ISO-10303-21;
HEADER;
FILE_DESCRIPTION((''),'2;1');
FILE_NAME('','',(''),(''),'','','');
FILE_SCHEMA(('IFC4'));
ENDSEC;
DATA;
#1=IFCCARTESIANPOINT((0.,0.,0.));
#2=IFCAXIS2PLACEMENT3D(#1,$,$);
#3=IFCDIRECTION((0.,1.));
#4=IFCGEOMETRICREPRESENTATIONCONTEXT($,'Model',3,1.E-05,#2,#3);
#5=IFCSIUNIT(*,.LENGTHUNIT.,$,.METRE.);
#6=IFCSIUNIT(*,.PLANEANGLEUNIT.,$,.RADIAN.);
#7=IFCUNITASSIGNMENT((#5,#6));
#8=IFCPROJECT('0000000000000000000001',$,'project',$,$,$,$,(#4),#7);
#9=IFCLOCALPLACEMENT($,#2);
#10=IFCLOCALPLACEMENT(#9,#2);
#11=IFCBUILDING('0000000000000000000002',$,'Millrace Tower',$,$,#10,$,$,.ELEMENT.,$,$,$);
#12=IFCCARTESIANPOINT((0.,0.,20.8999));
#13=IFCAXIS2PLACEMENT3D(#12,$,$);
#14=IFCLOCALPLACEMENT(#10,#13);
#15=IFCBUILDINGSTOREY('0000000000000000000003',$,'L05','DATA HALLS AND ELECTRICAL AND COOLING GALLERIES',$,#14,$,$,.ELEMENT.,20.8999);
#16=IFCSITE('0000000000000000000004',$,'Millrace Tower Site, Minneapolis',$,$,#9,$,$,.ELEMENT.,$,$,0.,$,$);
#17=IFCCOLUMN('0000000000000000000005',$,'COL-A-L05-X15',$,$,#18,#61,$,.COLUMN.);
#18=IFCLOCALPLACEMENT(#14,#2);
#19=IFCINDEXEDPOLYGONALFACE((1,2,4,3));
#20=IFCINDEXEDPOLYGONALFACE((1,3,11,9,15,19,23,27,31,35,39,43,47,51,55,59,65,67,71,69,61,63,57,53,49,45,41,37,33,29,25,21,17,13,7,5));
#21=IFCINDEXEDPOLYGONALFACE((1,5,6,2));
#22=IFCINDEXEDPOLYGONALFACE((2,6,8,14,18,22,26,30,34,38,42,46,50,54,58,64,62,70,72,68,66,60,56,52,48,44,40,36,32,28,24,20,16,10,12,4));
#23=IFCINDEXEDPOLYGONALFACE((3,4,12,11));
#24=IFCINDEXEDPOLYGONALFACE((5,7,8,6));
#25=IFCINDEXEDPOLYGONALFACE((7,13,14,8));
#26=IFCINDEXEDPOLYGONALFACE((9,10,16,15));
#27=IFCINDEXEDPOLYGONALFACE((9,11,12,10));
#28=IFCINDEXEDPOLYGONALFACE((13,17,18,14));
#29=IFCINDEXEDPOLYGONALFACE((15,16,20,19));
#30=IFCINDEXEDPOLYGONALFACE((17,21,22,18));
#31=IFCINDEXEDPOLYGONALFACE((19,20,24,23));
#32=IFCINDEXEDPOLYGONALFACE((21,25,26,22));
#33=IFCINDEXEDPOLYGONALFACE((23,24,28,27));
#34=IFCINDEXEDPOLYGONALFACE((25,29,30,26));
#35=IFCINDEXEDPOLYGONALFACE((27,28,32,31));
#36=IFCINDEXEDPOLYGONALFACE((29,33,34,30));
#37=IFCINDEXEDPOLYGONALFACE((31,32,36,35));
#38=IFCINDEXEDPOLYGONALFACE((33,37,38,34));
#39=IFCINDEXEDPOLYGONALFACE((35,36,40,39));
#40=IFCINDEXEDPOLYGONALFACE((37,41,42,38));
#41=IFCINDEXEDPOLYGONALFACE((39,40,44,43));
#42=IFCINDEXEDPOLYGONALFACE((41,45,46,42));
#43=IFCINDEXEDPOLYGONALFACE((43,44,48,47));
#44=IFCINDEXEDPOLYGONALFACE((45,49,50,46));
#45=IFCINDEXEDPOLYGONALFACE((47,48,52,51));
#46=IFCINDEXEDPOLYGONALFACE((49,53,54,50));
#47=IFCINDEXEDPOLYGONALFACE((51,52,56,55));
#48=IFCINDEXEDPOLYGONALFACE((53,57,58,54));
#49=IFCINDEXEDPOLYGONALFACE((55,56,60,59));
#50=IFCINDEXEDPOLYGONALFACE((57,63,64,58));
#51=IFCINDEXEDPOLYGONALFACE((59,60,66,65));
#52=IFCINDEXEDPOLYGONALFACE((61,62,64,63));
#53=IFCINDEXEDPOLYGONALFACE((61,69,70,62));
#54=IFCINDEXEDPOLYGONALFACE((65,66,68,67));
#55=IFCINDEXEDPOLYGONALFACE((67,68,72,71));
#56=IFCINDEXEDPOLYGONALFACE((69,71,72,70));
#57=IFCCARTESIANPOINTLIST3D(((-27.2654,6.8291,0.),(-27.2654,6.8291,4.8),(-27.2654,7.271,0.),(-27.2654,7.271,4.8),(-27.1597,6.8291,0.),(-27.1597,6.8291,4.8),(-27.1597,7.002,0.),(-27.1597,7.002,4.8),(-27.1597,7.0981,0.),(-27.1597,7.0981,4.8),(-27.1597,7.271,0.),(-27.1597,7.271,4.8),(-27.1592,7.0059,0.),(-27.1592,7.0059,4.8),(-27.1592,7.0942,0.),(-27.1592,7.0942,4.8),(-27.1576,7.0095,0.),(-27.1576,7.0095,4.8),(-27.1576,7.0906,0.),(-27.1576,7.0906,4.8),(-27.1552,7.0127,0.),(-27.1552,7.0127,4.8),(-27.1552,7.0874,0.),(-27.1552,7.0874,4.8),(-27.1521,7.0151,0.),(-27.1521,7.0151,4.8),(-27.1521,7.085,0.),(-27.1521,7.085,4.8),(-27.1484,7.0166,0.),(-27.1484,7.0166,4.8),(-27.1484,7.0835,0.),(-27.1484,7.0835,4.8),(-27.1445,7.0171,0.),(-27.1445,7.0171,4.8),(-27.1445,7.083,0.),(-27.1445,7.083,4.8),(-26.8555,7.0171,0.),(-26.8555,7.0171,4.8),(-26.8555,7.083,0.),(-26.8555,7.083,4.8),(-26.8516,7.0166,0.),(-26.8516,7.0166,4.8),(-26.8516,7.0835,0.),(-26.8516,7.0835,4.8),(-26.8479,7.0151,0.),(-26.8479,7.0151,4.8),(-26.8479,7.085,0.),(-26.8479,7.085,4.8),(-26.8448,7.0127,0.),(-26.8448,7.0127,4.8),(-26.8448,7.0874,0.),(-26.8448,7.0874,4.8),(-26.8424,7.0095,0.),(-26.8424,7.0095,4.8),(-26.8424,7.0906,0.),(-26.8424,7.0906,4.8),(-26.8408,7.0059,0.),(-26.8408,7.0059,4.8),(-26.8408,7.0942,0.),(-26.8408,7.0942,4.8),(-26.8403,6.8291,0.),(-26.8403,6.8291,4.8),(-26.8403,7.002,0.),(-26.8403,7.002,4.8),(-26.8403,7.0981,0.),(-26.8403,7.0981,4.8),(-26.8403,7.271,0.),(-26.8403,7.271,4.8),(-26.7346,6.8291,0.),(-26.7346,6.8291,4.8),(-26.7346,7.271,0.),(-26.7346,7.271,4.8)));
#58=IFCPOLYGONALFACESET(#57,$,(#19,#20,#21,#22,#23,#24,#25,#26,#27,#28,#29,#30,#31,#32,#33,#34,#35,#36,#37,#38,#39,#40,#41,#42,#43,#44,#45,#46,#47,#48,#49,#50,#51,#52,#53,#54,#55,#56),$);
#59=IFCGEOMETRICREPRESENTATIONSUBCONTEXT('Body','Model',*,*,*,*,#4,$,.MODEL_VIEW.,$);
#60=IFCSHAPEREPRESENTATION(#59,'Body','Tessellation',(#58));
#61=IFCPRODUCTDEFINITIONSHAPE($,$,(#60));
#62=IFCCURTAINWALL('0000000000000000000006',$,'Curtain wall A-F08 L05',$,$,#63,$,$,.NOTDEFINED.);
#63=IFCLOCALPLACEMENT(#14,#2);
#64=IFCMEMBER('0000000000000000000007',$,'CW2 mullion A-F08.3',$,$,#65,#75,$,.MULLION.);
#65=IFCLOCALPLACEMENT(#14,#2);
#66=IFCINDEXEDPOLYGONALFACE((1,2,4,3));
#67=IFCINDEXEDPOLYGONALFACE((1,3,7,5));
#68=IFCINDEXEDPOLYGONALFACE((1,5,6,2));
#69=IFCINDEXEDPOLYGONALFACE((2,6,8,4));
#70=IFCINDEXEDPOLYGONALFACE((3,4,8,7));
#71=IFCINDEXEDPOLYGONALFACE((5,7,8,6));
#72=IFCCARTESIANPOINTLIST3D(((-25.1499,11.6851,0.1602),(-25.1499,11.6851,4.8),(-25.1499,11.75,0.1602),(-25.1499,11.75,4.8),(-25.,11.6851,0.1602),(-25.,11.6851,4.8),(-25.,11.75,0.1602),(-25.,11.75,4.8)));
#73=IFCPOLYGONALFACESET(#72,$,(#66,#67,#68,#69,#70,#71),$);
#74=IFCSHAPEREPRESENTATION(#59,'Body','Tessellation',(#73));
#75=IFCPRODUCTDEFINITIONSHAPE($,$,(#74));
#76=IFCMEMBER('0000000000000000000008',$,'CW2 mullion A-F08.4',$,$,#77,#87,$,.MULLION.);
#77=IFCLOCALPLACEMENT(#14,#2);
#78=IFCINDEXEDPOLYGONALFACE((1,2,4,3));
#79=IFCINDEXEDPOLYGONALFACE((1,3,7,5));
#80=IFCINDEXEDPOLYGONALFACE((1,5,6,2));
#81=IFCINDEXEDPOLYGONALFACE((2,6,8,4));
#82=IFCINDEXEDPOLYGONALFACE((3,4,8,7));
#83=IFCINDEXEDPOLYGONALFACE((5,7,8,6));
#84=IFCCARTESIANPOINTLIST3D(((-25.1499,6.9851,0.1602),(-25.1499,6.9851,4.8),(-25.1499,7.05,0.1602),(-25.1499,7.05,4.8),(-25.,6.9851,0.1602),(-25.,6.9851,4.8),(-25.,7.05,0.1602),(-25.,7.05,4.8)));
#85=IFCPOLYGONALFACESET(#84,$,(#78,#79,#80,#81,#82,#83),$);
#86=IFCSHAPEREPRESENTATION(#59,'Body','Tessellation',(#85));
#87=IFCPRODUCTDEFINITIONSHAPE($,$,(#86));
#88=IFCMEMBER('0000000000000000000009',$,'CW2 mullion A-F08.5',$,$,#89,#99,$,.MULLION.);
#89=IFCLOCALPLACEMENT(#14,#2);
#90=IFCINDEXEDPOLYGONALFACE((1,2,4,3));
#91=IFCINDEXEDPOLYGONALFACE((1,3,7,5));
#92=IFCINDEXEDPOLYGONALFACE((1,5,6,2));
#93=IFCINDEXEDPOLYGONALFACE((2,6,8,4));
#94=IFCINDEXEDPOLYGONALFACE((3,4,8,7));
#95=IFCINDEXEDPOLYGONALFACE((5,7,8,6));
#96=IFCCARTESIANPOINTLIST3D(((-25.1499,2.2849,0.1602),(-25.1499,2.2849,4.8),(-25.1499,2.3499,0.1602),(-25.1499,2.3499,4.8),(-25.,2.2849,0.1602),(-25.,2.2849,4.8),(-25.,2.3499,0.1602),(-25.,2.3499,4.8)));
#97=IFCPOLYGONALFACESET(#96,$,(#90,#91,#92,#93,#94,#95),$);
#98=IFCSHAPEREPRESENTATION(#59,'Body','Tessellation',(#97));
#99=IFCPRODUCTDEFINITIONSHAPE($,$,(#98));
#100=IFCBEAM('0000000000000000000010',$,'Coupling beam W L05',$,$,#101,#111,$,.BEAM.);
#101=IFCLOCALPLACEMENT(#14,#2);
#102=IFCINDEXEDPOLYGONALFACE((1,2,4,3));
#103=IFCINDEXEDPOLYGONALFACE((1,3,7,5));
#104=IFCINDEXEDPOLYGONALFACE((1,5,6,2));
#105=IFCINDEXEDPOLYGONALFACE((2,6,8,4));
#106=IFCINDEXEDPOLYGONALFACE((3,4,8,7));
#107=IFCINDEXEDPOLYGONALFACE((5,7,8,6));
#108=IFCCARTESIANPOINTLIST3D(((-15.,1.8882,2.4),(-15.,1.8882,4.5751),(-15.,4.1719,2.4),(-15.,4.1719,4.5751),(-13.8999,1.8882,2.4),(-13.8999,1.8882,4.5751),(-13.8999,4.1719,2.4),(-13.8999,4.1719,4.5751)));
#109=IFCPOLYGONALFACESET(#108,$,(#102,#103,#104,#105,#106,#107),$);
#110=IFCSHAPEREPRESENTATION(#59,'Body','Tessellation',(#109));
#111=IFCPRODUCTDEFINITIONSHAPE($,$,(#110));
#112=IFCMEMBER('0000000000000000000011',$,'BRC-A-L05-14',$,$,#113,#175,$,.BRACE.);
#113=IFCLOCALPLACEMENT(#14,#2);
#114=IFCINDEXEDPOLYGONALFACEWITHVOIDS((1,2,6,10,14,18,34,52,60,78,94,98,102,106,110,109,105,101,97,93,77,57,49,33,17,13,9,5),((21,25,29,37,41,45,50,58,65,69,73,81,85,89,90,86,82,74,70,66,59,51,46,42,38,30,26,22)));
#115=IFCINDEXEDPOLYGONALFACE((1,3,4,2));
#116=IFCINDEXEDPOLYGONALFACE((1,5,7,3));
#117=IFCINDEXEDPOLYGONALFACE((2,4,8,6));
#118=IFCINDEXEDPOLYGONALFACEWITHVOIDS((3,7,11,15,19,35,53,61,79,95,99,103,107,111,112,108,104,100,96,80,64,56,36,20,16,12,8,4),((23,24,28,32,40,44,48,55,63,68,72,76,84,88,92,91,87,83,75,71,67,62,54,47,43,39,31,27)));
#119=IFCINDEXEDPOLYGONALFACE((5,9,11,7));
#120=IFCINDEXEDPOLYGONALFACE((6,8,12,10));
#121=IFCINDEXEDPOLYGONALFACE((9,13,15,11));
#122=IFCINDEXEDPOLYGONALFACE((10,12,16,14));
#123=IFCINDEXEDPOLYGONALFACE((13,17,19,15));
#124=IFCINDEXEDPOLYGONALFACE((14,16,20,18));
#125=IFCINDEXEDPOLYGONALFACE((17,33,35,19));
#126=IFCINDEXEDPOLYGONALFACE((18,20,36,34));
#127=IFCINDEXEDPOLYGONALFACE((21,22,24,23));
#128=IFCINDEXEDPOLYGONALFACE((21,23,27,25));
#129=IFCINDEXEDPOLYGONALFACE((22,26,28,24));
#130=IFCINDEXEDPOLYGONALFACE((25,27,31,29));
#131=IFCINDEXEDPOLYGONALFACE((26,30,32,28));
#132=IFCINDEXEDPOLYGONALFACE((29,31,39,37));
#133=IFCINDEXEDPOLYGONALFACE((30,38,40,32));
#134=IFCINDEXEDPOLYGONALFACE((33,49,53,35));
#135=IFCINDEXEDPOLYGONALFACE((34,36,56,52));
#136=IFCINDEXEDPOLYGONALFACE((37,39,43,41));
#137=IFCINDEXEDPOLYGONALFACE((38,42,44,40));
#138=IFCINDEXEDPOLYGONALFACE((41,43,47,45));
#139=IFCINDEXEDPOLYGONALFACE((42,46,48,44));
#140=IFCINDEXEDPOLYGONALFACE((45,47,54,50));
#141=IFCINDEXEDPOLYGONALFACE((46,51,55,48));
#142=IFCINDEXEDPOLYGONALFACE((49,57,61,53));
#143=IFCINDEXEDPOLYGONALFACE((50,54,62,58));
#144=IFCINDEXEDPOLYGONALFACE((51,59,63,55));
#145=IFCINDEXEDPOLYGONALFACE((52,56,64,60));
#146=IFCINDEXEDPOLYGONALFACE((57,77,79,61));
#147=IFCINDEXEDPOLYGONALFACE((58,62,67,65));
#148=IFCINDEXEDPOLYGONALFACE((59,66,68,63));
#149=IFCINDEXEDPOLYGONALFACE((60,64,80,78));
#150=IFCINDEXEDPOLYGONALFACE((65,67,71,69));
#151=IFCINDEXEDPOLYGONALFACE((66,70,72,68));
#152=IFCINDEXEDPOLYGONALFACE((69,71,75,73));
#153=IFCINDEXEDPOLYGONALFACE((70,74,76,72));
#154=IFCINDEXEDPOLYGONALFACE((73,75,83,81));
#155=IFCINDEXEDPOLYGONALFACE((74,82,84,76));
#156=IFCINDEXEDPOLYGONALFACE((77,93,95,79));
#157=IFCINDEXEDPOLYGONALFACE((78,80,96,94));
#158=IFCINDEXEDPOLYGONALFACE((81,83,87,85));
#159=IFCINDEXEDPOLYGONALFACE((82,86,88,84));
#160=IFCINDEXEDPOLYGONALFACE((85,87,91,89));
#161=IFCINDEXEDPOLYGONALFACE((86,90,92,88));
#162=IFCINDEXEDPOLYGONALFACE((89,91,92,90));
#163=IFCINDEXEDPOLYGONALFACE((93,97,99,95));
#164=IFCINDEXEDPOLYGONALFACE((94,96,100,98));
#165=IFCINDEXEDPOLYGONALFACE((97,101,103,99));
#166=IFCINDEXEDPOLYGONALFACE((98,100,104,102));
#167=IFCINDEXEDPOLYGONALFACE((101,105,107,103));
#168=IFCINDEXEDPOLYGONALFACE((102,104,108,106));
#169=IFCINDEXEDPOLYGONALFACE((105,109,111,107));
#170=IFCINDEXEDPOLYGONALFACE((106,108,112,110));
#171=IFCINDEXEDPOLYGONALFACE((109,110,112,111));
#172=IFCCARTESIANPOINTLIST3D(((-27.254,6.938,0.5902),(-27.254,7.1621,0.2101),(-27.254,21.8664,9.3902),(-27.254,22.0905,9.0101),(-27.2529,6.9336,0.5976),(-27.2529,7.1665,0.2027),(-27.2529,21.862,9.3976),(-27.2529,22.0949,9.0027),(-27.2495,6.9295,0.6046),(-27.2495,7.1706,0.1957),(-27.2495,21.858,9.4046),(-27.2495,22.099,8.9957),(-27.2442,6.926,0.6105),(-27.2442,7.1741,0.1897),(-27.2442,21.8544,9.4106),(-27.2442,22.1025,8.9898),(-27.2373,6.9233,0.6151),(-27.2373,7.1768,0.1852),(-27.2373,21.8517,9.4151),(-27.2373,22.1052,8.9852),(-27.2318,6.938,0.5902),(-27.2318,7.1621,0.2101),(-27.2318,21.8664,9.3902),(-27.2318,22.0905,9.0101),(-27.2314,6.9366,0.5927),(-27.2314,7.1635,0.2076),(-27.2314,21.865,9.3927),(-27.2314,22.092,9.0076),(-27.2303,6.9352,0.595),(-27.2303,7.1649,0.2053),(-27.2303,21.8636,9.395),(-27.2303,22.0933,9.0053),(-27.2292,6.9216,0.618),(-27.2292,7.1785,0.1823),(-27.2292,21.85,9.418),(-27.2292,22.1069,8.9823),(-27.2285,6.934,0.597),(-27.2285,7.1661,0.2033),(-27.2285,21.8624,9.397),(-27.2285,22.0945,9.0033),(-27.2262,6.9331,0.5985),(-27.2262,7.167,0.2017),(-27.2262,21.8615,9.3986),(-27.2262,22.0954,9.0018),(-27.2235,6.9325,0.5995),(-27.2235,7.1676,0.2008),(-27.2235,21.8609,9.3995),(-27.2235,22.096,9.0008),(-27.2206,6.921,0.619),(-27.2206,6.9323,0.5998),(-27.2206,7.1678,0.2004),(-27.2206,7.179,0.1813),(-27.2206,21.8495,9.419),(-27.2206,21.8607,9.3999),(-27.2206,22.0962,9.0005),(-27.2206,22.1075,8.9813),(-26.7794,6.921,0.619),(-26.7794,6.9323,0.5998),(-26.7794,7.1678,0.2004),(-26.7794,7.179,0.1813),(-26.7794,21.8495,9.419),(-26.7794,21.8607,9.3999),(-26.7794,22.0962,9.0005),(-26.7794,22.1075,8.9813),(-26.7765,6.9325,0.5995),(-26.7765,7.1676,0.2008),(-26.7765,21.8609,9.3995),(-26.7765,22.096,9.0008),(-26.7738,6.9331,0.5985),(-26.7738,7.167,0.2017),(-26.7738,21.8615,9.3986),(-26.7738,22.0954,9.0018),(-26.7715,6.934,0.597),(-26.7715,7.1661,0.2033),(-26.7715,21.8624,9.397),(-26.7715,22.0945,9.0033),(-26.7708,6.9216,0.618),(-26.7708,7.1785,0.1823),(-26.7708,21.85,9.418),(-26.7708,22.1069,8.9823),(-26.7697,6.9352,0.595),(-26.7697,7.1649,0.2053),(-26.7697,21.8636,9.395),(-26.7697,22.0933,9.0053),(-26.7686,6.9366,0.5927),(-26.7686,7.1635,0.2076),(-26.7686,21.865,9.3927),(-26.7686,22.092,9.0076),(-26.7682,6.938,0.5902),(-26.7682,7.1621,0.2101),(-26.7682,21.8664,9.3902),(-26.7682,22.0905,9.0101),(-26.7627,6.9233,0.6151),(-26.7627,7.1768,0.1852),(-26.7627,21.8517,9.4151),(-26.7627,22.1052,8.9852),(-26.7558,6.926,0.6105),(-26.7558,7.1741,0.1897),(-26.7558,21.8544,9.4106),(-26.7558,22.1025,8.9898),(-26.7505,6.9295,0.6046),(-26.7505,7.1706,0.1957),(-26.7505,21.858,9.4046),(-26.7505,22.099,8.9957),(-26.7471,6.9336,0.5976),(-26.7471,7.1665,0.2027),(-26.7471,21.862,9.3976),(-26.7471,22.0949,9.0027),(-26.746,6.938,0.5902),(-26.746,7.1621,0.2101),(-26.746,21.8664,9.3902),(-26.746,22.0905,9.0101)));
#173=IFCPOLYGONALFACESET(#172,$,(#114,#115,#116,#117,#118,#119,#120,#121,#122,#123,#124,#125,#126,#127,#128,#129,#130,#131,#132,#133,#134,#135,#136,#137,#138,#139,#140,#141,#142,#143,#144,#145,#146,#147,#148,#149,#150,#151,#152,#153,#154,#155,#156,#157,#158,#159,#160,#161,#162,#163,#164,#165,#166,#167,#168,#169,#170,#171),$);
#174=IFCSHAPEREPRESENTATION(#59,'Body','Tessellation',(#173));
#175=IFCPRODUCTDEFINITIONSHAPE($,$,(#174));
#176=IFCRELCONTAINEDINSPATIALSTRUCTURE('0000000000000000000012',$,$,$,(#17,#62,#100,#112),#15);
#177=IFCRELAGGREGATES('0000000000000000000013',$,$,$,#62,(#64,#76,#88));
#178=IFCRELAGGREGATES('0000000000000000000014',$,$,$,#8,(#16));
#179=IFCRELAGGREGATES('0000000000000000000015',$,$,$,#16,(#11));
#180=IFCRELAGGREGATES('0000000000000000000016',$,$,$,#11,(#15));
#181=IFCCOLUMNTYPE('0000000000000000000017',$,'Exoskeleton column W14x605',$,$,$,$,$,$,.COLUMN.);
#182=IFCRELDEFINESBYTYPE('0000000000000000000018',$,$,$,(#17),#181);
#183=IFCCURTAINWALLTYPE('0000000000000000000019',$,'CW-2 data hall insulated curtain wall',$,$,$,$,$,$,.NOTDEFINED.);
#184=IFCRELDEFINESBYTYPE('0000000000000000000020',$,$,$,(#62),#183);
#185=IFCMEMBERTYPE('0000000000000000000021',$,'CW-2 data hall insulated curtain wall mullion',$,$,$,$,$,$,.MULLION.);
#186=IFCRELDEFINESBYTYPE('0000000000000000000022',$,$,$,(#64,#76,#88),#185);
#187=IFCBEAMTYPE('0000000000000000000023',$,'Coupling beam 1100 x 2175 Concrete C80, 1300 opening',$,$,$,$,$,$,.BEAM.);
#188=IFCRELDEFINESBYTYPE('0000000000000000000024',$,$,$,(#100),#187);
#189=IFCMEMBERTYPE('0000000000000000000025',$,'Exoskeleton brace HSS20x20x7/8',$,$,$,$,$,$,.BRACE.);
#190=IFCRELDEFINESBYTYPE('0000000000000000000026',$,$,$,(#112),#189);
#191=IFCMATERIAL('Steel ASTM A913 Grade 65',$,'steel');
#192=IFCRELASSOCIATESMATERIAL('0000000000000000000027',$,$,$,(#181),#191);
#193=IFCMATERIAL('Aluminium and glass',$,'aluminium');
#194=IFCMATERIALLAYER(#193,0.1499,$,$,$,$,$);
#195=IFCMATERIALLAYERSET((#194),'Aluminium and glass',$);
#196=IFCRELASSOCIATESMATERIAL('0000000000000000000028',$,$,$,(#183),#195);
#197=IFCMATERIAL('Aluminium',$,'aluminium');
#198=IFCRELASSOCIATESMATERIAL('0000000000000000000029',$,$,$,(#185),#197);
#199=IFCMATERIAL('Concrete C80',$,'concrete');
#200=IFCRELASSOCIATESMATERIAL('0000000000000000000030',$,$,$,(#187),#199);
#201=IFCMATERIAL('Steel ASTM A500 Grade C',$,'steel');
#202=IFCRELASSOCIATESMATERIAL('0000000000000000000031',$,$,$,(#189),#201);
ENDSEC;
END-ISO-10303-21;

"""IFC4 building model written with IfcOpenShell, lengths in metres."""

from ifc_helpers import new_model, si_unit, direction, frame, origin, origin_2d, place, context, subcontext, project, spatial, rectangle, hollow_rectangle, i_section, extrude, material, layer, layer_set, material_profile, profile_set, type_object, element, aggregate, save


model = new_model("IFC4")

# Units and contexts
model_context = context("Model", 3, precision=1e-05, world=origin(), true_north=direction((0.0, 1.0)))
body_context = subcontext(model_context, "Body", "Model", "MODEL_VIEW")
ifc_project = project(units=[si_unit("LENGTHUNIT", "METRE"), si_unit("PLANEANGLEUNIT", "RADIAN")], contexts=[model_context])

# Site, building, storey
site_placement = place(None, origin())
site = spatial("IfcSite", under=ifc_project, at=site_placement, Name="Millrace Tower Site, Minneapolis", CompositionType="ELEMENT", RefElevation=0.0)
building_placement = place(site_placement, origin())
building = spatial("IfcBuilding", under=site, at=building_placement, Name="Millrace Tower", CompositionType="ELEMENT")
storey_placement = place(building_placement, frame((0.0, 0.0, 20.8999)))
storey = spatial("IfcBuildingStorey", under=building, at=storey_placement, Name="L05", Description="DATA HALLS AND ELECTRICAL AND COOLING GALLERIES", CompositionType="ELEMENT", Elevation=20.8999)

# Column
ifc_material_1 = material(Name="Steel ASTM A913 Grade 65", Category="steel")
ifc_material_profile_1 = material_profile(ifc_material_1, i_section(OverallWidth=0.4419, OverallDepth=0.5308, WebThickness=0.0659, FlangeThickness=0.1057, FilletRadius=0.0151, at=origin_2d()))
ifc_profile_set_1 = profile_set([ifc_material_profile_1], Name="Steel ASTM A913 Grade 65")
column_type = type_object("IfcColumnType", Name="Exoskeleton column W14x605", PredefinedType="COLUMN", material=ifc_profile_set_1)
column_placement = place(storey_placement, frame((-27.0, 7.05, 0.0), z_axis=(0.0, 0.0, 1.0), x_axis=(0.0, -1.0, 0.0)))
element("IfcColumn", 1, at=column_placement, inside=storey, type_object=column_type, Name="COL-A-L05-X15", PredefinedType="COLUMN", context=body_context, shape_type="SweptSolid", body=[
    extrude(i_section(OverallWidth=0.4419, OverallDepth=0.5308, WebThickness=0.0659, FlangeThickness=0.1057, FilletRadius=0.0151, at=origin_2d()), origin(), (0.0, 0.0, 1.0), 4.8),
])

# Curtain wall, members
ifc_material_2 = material(Name="Aluminium and glass", Category="aluminium")
ifc_layer_1 = layer(ifc_material_2, 0.1499)
ifc_layer_set_1 = layer_set([ifc_layer_1], Name="Aluminium and glass")
curtain_wall_type = type_object("IfcCurtainWallType", Name="CW-2 data hall insulated curtain wall", PredefinedType="NOTDEFINED", material=ifc_layer_set_1)
curtain_wall_placement = place(storey_placement, origin())
curtain_wall = element("IfcCurtainWall", 2, at=curtain_wall_placement, inside=storey, type_object=curtain_wall_type, Name="Curtain wall A-F08 L05", PredefinedType="NOTDEFINED")
ifc_material_3 = material(Name="Aluminium", Category="aluminium")
ifc_material_profile_2 = material_profile(ifc_material_3, rectangle(XDim=0.0649, YDim=0.1499, at=origin_2d()))
ifc_profile_set_2 = profile_set([ifc_material_profile_2], Name="Aluminium")
member_type_1 = type_object("IfcMemberType", Name="CW-2 data hall insulated curtain wall mullion", PredefinedType="MULLION", material=ifc_profile_set_2)
member_1_placement = place(storey_placement, frame((-25.075, 11.7175, 0.1602), z_axis=(0.0, 0.0, 1.0), x_axis=(0.0, -1.0, 0.0)))
member_1 = element("IfcMember", 3, at=member_1_placement, type_object=member_type_1, Name="CW2 mullion A-F08.3", PredefinedType="MULLION", context=body_context, shape_type="SweptSolid", body=[
    extrude(rectangle(XDim=0.0649, YDim=0.1499, at=origin_2d()), origin(), (0.0, 0.0, 1.0), 4.6399),
])
member_2_placement = place(storey_placement, frame((-25.075, 7.0176, 0.1602), z_axis=(0.0, 0.0, 1.0), x_axis=(0.0, -1.0, 0.0)))
member_2 = element("IfcMember", 4, at=member_2_placement, type_object=member_type_1, Name="CW2 mullion A-F08.4", PredefinedType="MULLION", context=body_context, shape_type="SweptSolid", body=[
    extrude(rectangle(XDim=0.0649, YDim=0.1499, at=origin_2d()), origin(), (0.0, 0.0, 1.0), 4.6399),
])
member_3_placement = place(storey_placement, frame((-25.075, 2.3174, 0.1602), z_axis=(0.0, 0.0, 1.0), x_axis=(0.0, -1.0, 0.0)))
member_3 = element("IfcMember", 5, at=member_3_placement, type_object=member_type_1, Name="CW2 mullion A-F08.5", PredefinedType="MULLION", context=body_context, shape_type="SweptSolid", body=[
    extrude(rectangle(XDim=0.0649, YDim=0.1499, at=origin_2d()), origin(), (0.0, 0.0, 1.0), 4.6399),
])
aggregate(curtain_wall, [member_1, member_2, member_3])

# Beam
ifc_material_4 = material(Name="Concrete C80", Category="concrete")
ifc_material_profile_3 = material_profile(ifc_material_4, rectangle(XDim=1.1001, YDim=2.175, at=origin_2d()))
ifc_profile_set_3 = profile_set([ifc_material_profile_3], Name="Concrete C80")
beam_type_1 = type_object("IfcBeamType", Name="Coupling beam 1100 x 2175 Concrete C80, 1300 opening", PredefinedType="BEAM", material=ifc_profile_set_3)
beam_1_placement = place(storey_placement, frame((-14.45, 1.8882, 3.4875), z_axis=(0.0, 1.0, 0.0), x_axis=(-1.0, 0.0, 0.0)))
element("IfcBeam", 6, at=beam_1_placement, inside=storey, type_object=beam_type_1, Name="Coupling beam W L05", PredefinedType="BEAM", context=body_context, shape_type="SweptSolid", body=[
    extrude(rectangle(XDim=1.1001, YDim=2.175, at=origin_2d()), origin(), (0.0, 0.0, 1.0), 2.2837),
])

# Member
ifc_material_5 = material(Name="Steel ASTM A500 Grade C", Category="steel")
ifc_material_profile_4 = material_profile(ifc_material_5, hollow_rectangle(XDim=0.5081, YDim=0.5081, WallThickness=0.0222, InnerFilletRadius=0.0112, OuterFilletRadius=0.0334, at=origin_2d()))
ifc_profile_set_4 = profile_set([ifc_material_profile_4], Name="Steel ASTM A500 Grade C")
member_type_2 = type_object("IfcMemberType", Name="Exoskeleton brace HSS20x20x7/8", PredefinedType="BRACE", material=ifc_profile_set_4)
member_4_placement = place(storey_placement, frame((-27.0, 7.05, 0.4001), z_axis=(0.0, 0.861465, 0.507817), x_axis=(-1.0, 0.0, 0.0)))
element("IfcMember", 7, at=member_4_placement, inside=storey, type_object=member_type_2, Name="BRC-A-L05-14", PredefinedType="BRACE", context=body_context, shape_type="SweptSolid", body=[
    extrude(hollow_rectangle(XDim=0.5081, YDim=0.5081, WallThickness=0.0222, InnerFilletRadius=0.0112, OuterFilletRadius=0.0334, at=origin_2d()), origin(), (0.0, 0.0, 1.0), 17.3291),
])

save(model, "model.ifc")
